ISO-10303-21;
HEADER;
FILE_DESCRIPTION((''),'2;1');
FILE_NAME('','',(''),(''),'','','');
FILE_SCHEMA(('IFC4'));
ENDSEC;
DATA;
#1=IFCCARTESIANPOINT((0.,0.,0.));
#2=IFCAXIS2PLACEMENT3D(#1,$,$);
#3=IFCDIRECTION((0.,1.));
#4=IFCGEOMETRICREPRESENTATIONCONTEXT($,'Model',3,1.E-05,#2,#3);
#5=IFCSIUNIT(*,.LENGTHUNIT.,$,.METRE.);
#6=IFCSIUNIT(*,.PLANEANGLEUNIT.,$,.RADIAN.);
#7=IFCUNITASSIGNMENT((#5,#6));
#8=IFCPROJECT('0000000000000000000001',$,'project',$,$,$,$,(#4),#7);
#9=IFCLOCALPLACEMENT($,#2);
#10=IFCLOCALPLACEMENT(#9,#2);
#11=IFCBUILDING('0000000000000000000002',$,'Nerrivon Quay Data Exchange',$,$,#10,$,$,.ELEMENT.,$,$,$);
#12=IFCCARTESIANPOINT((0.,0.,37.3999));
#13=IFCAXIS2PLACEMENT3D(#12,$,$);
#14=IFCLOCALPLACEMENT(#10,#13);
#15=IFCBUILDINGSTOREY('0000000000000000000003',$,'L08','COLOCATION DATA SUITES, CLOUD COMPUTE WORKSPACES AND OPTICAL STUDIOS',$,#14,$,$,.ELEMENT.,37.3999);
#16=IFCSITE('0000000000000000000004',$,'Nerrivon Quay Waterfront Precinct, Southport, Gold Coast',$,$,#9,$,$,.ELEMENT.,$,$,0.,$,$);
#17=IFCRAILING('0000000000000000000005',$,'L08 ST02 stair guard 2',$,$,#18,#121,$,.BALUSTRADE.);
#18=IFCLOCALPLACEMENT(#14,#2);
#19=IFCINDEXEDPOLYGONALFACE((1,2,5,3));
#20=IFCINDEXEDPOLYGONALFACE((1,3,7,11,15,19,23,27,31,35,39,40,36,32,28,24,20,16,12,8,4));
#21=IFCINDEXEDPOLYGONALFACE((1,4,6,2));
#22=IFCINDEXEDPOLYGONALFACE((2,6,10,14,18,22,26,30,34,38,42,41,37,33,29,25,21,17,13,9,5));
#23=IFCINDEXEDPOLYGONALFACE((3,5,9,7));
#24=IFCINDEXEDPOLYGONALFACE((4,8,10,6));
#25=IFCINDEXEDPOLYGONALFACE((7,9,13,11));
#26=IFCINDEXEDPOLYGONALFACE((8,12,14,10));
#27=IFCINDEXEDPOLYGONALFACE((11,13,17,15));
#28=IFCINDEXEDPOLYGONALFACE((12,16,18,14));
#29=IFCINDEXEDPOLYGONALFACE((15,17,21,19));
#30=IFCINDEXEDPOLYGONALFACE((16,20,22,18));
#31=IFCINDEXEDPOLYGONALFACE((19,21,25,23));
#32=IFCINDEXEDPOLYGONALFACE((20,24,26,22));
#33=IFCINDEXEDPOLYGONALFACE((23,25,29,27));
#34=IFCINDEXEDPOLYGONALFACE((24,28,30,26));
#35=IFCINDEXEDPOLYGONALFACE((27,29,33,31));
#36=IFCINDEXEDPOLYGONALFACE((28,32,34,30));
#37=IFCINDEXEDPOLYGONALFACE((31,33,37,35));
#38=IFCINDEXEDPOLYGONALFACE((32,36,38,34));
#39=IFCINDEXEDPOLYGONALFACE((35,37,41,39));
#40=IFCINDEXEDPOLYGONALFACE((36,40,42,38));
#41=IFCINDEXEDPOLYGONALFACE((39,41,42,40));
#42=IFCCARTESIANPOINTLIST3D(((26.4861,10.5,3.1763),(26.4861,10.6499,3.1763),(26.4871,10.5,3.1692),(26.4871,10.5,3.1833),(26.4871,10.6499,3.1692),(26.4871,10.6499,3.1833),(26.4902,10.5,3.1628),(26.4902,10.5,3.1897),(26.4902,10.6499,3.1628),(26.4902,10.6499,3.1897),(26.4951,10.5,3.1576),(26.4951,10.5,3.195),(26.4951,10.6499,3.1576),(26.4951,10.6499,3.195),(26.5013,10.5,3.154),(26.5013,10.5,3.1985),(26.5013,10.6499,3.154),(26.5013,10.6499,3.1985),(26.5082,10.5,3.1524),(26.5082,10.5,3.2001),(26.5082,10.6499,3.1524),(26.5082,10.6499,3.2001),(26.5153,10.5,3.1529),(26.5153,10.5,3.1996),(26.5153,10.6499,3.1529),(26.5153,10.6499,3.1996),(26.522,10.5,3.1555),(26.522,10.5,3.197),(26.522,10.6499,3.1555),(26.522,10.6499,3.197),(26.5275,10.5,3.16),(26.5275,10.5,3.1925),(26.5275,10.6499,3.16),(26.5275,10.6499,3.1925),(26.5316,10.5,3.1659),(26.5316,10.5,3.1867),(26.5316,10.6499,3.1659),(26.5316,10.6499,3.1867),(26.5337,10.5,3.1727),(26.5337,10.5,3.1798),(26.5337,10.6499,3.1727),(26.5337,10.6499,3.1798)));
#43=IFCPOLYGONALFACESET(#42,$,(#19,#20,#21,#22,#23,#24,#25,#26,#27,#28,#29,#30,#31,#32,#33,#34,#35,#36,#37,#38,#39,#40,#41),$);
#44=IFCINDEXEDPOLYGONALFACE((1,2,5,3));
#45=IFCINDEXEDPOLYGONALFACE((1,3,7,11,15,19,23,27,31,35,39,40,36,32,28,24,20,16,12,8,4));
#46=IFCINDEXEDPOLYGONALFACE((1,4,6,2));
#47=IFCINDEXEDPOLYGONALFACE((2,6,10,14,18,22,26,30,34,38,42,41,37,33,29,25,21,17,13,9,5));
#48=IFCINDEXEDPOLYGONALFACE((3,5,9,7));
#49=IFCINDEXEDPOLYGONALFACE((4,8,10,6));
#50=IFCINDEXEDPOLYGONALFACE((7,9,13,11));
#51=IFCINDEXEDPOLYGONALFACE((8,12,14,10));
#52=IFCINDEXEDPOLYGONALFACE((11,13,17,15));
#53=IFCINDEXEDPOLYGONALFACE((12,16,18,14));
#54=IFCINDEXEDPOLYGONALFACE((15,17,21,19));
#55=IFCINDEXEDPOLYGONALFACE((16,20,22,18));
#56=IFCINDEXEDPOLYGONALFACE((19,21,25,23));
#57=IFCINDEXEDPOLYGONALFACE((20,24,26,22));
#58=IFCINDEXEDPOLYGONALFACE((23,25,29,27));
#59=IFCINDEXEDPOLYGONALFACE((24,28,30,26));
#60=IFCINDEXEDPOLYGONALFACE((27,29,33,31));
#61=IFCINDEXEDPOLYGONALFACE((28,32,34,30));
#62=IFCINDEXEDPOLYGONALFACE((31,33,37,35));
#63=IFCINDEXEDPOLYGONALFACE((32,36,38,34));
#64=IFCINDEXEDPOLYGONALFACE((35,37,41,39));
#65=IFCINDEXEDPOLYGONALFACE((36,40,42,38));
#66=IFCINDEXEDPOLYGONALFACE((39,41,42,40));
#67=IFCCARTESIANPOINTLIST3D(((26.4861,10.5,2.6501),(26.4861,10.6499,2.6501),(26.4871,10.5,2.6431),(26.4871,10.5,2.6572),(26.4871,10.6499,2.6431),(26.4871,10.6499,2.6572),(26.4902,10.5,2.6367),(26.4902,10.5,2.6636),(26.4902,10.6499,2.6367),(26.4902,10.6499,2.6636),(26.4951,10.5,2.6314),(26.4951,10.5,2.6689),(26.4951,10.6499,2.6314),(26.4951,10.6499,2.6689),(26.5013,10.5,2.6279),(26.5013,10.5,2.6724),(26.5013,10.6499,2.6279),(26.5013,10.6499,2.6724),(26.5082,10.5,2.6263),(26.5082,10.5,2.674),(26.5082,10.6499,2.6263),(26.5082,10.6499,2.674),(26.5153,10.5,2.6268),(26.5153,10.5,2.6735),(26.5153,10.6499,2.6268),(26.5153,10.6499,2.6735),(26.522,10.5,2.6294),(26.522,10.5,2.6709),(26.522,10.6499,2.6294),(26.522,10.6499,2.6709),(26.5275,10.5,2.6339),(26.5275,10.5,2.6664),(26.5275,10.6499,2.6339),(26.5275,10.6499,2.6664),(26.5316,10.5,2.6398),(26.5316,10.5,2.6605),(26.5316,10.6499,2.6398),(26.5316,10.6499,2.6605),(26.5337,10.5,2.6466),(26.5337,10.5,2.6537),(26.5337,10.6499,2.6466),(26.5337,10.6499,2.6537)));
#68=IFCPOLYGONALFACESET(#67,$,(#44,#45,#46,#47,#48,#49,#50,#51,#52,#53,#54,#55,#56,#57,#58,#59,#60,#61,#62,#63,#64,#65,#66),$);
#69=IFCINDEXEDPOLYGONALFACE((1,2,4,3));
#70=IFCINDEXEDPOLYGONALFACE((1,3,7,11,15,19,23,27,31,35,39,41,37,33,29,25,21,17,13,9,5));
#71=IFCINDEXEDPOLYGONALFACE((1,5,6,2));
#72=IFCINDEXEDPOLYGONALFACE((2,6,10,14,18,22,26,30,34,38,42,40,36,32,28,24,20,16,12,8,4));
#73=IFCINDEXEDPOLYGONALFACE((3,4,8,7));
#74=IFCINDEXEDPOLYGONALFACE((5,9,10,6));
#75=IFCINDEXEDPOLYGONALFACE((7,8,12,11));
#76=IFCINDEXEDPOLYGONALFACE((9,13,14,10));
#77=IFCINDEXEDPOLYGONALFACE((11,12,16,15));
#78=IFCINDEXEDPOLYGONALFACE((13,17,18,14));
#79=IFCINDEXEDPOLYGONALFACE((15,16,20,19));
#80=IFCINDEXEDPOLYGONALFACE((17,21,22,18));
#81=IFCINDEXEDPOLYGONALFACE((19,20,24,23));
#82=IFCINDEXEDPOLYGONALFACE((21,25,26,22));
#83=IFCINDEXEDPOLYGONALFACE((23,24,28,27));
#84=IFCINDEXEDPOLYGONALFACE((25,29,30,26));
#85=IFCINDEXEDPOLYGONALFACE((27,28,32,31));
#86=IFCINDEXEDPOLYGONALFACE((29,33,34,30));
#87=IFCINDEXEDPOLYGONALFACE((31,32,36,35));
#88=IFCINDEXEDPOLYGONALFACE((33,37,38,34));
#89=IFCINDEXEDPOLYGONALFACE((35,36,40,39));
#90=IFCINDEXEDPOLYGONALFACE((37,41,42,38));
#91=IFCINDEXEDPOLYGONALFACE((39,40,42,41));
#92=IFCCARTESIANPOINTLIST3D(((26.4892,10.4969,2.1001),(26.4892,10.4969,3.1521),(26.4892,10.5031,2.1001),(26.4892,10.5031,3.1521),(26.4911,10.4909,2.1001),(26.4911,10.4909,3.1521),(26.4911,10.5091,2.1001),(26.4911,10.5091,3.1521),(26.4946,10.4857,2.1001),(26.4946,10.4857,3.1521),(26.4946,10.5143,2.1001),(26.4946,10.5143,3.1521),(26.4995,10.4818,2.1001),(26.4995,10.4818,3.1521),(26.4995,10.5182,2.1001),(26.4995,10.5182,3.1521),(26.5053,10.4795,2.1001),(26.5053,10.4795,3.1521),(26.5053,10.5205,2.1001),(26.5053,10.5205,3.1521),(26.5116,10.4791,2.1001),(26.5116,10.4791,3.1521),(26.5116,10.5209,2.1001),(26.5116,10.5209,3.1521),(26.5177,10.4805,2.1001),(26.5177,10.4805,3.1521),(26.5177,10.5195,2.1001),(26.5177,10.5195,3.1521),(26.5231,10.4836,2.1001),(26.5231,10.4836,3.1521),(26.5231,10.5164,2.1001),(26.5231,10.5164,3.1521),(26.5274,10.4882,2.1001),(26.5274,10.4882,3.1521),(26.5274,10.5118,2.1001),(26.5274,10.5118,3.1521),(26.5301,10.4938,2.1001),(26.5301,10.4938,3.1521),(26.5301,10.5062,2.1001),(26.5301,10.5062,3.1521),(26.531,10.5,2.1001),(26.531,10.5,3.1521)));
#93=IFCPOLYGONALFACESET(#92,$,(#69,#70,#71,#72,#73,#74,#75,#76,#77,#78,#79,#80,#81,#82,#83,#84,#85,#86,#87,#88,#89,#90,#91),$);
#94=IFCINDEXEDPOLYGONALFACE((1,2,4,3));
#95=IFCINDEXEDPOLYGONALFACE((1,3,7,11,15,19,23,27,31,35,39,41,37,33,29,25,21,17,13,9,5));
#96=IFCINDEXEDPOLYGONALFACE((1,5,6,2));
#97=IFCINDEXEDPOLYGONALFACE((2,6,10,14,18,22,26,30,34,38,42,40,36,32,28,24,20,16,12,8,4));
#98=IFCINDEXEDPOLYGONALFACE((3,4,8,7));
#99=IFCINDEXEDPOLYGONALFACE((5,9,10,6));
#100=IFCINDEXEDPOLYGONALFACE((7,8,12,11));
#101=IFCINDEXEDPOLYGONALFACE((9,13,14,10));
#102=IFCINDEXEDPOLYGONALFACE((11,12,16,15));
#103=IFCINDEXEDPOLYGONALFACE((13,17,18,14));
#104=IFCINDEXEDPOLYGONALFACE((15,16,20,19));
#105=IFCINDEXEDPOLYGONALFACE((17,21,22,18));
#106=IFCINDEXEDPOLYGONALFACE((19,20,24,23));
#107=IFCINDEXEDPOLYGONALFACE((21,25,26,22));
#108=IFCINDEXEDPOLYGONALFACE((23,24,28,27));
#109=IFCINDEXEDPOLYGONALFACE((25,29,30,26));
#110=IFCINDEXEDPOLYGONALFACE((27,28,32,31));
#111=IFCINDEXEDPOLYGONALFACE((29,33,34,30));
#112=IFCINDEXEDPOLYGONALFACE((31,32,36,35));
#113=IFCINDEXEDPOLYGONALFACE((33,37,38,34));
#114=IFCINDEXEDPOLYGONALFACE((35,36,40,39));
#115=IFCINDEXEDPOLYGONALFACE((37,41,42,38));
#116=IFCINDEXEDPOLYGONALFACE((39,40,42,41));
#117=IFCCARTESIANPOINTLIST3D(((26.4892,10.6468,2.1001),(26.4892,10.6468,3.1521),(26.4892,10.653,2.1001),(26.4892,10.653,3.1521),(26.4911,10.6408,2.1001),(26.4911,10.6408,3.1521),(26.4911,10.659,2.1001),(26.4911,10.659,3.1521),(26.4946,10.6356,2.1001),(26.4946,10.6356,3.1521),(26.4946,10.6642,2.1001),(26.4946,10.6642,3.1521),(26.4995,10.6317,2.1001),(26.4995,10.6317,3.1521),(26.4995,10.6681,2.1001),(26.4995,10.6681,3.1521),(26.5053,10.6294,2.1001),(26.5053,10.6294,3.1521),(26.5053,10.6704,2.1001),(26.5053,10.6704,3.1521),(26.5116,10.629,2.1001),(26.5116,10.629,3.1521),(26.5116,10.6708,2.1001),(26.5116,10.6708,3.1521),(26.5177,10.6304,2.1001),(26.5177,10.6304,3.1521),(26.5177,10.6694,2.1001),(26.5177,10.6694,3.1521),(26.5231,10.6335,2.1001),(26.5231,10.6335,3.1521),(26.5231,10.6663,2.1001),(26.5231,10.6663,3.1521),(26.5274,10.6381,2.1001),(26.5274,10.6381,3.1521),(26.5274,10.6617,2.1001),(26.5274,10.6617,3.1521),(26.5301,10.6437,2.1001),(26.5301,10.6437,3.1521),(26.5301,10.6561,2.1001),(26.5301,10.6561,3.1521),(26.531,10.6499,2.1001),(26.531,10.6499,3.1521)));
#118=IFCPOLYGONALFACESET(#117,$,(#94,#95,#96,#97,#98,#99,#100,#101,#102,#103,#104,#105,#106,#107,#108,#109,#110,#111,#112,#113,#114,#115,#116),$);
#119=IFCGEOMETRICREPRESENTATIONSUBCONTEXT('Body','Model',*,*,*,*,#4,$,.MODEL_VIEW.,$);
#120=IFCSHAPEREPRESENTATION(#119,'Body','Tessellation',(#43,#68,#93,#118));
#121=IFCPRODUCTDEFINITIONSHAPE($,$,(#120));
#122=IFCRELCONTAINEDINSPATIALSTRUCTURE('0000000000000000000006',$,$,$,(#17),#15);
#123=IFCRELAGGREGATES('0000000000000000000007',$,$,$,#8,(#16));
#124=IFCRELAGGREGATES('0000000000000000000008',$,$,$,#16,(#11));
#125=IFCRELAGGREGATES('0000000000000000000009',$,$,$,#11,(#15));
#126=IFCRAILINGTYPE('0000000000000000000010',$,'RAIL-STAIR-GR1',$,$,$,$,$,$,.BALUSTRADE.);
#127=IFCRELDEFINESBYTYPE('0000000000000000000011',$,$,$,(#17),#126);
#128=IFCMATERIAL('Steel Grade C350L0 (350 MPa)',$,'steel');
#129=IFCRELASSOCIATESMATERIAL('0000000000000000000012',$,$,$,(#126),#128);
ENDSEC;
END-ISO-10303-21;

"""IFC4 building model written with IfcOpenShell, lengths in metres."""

from ifc_helpers import new_model, si_unit, direction, frame, origin, origin_2d, place, context, subcontext, project, spatial, circle, extrude, material, type_object, element, save


model = new_model("IFC4")

# Units and contexts
model_context = context("Model", 3, precision=1e-05, world=origin(), true_north=direction((0.0, 1.0)))
body_context = subcontext(model_context, "Body", "Model", "MODEL_VIEW")
ifc_project = project(units=[si_unit("LENGTHUNIT", "METRE"), si_unit("PLANEANGLEUNIT", "RADIAN")], contexts=[model_context])

# Site, building, storey
site_placement = place(None, origin())
site = spatial("IfcSite", under=ifc_project, at=site_placement, Name="Nerrivon Quay Waterfront Precinct, Southport, Gold Coast", CompositionType="ELEMENT", RefElevation=0.0)
building_placement = place(site_placement, origin())
building = spatial("IfcBuilding", under=site, at=building_placement, Name="Nerrivon Quay Data Exchange", CompositionType="ELEMENT")
storey_placement = place(building_placement, frame((0.0, 0.0, 37.3999)))
storey = spatial("IfcBuildingStorey", under=building, at=storey_placement, Name="L08", Description="COLOCATION DATA SUITES, CLOUD COMPUTE WORKSPACES AND OPTICAL STUDIOS", CompositionType="ELEMENT", Elevation=37.3999)

# Railing
ifc_material_1 = material(Name="Steel Grade C350L0 (350 MPa)", Category="steel")
railing_type_1 = type_object("IfcRailingType", Name="RAIL-STAIR-GR1", PredefinedType="BALUSTRADE", material=ifc_material_1)
railing_1_placement = place(storey_placement, frame((26.51, 10.5, 2.1001)))
element("IfcRailing", 1, at=railing_1_placement, inside=storey, type_object=railing_type_1, Name="L08 ST02 stair guard 2", PredefinedType="BALUSTRADE", context=body_context, shape_type="SweptSolid", body=[
    extrude(circle(Radius=0.0239, at=origin_2d()), frame((0.0, 0.0, 1.0762), z_axis=(0.0, 1.0, 0.0), x_axis=(-1.0, 0.0, 0.0)), (0.0, 0.0, 1.0), 0.1499),
    extrude(circle(Radius=0.0239, at=origin_2d()), frame((0.0, 0.0, 0.55), z_axis=(0.0, 1.0, 0.0), x_axis=(-1.0, 0.0, 0.0)), (0.0, 0.0, 1.0), 0.1499),
    extrude(circle(Radius=0.021, at=origin_2d()), origin(), (0.0, 0.0, 1.0), 1.052),
    extrude(circle(Radius=0.021, at=origin_2d()), frame((0.0, 0.1499, 0.0)), (0.0, 0.0, 1.0), 1.052),
])

save(model, "model.ifc")
